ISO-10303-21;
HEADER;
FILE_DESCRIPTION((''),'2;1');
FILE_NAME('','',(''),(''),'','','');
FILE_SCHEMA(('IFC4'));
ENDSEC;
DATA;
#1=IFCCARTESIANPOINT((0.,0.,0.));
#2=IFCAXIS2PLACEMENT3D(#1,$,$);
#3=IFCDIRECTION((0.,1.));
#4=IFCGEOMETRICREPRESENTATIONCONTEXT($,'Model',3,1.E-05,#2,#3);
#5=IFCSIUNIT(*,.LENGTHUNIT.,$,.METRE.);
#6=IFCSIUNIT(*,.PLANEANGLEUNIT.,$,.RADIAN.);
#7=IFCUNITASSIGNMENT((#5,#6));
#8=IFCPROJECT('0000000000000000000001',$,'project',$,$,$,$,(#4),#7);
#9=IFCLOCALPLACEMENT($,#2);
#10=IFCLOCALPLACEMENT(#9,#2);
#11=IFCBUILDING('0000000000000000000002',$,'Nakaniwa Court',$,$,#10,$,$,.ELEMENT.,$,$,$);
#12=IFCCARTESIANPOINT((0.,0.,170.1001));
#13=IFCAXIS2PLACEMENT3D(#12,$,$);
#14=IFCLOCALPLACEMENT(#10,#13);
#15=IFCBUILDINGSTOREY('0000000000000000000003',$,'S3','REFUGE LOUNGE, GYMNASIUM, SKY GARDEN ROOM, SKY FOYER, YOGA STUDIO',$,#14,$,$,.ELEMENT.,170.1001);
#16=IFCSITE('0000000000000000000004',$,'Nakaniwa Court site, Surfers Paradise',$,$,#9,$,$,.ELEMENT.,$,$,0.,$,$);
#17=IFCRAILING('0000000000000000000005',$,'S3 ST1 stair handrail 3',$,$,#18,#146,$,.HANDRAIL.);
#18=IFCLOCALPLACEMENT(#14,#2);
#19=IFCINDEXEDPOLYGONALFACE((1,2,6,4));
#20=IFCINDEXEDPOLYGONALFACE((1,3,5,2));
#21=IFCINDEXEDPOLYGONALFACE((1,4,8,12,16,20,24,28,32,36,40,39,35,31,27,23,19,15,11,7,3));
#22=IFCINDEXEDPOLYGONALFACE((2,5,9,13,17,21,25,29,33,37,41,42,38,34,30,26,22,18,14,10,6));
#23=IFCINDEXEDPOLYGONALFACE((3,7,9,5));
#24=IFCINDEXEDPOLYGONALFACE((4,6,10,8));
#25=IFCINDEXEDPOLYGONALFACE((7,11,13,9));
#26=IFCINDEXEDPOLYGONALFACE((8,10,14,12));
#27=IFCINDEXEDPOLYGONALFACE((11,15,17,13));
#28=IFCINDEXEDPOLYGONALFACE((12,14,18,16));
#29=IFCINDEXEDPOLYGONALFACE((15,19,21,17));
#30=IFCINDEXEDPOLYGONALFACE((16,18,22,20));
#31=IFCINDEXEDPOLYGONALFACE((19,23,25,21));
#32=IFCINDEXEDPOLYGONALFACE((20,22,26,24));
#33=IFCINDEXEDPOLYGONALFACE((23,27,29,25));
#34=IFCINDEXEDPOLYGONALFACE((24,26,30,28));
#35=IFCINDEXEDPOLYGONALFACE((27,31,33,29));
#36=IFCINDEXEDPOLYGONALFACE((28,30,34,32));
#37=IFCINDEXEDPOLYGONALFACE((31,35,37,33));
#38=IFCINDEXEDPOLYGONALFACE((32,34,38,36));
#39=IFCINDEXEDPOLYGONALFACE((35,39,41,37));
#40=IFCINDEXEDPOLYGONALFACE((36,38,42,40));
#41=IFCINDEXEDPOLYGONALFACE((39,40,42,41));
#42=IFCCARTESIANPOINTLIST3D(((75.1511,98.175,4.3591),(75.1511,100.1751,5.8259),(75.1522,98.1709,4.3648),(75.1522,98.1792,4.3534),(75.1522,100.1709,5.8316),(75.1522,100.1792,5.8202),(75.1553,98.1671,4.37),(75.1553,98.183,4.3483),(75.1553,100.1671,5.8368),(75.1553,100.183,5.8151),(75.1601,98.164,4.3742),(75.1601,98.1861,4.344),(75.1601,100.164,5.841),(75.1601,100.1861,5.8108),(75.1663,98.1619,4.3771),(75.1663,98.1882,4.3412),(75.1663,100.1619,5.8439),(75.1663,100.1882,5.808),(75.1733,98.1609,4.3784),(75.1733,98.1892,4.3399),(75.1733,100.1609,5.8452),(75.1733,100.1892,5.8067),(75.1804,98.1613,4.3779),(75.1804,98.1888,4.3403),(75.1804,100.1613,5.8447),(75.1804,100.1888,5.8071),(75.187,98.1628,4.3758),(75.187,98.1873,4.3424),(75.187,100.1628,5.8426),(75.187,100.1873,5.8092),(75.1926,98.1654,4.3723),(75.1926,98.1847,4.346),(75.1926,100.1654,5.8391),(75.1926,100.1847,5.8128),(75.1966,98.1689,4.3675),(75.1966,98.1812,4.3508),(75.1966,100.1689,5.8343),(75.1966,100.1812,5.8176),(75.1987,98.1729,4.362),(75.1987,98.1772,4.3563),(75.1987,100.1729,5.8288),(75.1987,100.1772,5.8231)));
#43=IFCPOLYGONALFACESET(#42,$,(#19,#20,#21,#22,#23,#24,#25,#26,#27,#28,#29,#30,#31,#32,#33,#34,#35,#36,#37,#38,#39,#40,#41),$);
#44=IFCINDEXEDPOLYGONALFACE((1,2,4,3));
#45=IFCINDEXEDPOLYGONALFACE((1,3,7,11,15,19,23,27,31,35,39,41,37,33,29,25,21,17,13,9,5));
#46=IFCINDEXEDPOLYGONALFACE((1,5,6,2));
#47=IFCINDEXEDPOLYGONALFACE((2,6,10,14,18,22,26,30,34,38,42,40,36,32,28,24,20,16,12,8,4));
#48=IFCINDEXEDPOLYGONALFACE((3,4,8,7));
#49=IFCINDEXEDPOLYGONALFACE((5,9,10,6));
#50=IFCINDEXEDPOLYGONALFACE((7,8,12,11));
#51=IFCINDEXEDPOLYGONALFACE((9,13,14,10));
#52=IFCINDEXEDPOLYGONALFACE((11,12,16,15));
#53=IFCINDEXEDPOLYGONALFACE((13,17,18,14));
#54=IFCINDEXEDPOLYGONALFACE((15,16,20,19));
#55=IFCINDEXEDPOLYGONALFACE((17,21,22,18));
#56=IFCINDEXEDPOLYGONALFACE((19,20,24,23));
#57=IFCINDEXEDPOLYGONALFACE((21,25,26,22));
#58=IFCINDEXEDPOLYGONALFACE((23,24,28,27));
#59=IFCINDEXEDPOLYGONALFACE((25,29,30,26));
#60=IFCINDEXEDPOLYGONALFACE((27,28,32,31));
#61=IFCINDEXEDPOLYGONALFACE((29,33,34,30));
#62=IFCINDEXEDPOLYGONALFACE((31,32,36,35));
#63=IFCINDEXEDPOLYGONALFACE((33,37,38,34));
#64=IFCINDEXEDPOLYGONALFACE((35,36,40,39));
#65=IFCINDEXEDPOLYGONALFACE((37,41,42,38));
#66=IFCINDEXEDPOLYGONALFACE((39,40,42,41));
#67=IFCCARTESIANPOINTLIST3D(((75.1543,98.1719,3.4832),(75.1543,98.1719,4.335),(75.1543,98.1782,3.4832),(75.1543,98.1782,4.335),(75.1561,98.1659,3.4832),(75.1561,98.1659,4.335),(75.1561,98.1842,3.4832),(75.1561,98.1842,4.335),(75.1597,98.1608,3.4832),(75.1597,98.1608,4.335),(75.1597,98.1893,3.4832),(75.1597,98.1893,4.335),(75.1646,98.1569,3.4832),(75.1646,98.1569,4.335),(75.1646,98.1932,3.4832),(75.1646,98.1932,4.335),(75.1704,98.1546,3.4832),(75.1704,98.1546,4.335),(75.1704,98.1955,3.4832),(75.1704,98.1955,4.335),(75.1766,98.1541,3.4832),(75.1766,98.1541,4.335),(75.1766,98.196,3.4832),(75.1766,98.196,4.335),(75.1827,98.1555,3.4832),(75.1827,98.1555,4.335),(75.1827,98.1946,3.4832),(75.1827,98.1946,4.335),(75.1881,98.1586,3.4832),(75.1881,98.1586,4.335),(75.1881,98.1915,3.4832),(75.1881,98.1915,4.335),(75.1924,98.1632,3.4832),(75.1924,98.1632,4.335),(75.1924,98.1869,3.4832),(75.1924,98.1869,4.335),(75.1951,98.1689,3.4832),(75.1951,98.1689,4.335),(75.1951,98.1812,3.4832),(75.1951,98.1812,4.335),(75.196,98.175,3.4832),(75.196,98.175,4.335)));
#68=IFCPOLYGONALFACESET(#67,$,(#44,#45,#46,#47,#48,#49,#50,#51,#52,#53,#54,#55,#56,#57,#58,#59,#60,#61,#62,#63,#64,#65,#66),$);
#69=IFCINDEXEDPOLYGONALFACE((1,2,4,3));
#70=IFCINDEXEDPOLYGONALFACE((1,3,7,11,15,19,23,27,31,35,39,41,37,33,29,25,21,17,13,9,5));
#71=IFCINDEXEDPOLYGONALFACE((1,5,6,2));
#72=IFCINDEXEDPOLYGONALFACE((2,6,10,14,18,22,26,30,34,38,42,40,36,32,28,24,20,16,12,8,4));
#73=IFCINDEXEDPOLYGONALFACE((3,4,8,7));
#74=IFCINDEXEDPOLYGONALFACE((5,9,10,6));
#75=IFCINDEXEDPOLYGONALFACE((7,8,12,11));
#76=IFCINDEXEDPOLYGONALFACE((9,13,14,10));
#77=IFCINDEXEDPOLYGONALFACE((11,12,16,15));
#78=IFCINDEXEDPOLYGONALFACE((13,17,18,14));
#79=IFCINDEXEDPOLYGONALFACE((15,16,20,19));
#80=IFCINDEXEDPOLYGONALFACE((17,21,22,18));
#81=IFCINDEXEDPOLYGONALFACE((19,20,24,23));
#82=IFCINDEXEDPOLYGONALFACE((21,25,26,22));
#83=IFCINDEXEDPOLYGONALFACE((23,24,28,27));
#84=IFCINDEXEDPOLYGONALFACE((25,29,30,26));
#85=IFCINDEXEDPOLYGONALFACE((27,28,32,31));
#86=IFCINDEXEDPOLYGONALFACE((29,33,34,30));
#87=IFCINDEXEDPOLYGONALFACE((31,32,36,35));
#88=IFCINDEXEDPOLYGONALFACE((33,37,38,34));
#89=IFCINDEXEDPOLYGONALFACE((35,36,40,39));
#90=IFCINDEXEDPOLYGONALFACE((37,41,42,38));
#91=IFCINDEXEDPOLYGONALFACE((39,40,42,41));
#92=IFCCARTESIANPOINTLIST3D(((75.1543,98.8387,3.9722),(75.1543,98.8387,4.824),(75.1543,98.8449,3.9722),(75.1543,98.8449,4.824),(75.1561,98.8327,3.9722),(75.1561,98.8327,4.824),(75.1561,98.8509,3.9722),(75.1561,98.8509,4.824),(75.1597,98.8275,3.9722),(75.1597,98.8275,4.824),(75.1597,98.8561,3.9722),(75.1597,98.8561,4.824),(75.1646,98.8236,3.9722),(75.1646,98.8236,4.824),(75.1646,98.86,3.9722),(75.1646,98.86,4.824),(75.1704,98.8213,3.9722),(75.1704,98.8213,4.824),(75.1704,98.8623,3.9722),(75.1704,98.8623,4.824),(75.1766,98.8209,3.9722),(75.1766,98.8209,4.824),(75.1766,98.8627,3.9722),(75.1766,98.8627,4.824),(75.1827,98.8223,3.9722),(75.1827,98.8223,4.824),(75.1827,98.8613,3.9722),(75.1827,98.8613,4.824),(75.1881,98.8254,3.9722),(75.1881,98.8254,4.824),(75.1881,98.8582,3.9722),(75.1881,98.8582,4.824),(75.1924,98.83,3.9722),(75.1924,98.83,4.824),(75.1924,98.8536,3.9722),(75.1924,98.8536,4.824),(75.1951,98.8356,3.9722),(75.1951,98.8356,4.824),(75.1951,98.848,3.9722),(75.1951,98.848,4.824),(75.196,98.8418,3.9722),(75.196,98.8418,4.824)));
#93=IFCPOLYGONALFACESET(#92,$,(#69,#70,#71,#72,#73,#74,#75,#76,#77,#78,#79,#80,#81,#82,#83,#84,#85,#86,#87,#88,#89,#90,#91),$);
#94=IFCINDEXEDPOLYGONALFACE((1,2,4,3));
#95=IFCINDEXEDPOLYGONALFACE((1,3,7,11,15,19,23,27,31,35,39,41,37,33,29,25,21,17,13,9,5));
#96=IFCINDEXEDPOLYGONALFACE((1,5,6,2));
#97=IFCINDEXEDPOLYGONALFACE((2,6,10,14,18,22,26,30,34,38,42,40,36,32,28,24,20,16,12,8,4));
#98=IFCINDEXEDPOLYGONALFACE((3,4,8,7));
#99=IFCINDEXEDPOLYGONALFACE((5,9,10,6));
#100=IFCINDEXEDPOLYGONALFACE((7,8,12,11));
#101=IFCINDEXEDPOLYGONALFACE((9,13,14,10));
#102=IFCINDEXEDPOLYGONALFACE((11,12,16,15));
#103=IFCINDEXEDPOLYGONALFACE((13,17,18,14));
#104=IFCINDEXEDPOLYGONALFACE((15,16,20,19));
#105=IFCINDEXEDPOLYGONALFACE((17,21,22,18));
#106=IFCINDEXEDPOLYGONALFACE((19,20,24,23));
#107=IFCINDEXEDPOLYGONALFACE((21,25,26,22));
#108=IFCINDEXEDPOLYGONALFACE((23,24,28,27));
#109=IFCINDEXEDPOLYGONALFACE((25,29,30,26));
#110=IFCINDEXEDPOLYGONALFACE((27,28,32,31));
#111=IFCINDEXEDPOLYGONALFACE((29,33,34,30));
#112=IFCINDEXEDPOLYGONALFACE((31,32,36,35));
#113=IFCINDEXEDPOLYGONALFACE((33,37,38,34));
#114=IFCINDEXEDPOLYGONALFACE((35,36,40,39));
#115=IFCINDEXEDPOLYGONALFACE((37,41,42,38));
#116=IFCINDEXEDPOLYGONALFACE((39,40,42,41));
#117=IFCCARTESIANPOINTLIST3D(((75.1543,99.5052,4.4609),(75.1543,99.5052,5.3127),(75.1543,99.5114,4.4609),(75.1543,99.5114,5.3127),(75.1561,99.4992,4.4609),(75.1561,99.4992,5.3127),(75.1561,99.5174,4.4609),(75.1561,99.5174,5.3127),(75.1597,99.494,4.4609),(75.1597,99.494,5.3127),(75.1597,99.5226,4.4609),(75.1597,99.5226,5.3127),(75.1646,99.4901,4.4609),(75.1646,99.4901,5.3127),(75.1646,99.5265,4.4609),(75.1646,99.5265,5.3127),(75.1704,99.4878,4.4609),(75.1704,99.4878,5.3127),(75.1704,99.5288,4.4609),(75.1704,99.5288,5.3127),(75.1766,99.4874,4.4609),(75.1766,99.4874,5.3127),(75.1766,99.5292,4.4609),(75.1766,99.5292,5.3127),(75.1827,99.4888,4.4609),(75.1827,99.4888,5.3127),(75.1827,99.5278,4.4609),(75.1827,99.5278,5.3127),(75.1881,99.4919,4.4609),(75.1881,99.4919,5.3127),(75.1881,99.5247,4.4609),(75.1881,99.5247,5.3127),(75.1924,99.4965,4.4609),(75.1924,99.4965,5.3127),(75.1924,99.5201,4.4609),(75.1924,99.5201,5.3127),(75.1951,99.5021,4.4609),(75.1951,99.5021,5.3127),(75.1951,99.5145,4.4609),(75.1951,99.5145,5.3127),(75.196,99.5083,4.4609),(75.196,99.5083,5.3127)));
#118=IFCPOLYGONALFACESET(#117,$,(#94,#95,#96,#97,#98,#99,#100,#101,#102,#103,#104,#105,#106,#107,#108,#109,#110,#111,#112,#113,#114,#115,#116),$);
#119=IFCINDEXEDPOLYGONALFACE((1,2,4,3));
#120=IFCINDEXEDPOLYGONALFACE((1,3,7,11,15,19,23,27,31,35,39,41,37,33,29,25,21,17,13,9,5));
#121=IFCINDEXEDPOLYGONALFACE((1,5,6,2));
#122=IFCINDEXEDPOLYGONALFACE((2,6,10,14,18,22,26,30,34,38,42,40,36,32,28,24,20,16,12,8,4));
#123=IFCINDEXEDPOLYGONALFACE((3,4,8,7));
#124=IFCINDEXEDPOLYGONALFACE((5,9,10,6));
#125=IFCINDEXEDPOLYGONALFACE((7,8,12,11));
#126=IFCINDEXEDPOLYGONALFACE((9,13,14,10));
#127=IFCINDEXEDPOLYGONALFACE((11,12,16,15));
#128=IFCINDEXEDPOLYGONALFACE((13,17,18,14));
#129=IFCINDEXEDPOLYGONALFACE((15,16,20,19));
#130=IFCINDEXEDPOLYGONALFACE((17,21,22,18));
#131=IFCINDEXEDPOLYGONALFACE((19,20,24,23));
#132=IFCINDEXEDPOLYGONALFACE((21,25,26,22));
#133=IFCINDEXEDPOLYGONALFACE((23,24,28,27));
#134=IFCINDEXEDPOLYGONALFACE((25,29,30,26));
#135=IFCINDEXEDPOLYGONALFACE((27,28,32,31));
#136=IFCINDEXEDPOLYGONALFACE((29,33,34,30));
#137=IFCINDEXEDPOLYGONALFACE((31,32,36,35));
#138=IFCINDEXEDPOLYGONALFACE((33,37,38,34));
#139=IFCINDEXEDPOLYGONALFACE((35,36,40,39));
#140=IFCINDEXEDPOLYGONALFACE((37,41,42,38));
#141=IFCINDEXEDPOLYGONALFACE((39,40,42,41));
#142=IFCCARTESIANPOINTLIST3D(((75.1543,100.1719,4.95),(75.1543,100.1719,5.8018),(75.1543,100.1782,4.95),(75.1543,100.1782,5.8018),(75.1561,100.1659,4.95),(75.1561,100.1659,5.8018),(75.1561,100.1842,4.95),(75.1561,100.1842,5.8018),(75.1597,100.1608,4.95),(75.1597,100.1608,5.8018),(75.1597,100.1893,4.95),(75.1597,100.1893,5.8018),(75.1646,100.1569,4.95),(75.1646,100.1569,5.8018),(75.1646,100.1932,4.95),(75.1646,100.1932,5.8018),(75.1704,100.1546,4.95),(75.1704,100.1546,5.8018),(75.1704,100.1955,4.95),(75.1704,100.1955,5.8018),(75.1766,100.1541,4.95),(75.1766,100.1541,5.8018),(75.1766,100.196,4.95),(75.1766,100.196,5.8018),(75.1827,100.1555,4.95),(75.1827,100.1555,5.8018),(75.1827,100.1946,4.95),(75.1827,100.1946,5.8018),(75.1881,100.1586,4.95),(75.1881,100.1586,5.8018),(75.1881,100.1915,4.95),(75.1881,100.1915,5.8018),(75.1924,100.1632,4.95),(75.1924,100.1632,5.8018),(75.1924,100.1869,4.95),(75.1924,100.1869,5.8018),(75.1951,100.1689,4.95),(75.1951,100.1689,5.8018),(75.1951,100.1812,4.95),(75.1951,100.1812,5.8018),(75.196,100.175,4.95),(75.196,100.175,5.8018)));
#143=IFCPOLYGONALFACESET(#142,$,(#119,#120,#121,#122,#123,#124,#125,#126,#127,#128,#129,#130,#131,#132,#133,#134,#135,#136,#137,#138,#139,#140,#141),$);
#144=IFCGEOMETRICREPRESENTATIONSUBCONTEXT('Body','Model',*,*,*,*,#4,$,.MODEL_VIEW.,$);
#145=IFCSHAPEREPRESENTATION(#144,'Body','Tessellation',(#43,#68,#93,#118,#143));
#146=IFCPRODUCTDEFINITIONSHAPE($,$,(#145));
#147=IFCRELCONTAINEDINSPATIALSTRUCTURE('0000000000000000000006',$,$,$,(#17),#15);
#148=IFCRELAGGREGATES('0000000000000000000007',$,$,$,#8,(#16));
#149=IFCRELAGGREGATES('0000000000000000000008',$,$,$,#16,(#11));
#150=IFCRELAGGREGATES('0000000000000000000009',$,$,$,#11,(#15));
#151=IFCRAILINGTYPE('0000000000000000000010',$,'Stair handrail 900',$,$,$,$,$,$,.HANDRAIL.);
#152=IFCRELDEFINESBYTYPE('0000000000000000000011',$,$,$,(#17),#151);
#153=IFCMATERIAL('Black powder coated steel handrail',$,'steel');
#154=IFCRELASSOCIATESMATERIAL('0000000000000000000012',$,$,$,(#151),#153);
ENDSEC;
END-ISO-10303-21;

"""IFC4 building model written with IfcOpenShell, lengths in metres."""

from ifc_helpers import new_model, si_unit, direction, frame, origin, origin_2d, place, context, subcontext, project, spatial, circle, extrude, material, type_object, element, save


model = new_model("IFC4")

# Units and contexts
model_context = context("Model", 3, precision=1e-05, world=origin(), true_north=direction((0.0, 1.0)))
body_context = subcontext(model_context, "Body", "Model", "MODEL_VIEW")
ifc_project = project(units=[si_unit("LENGTHUNIT", "METRE"), si_unit("PLANEANGLEUNIT", "RADIAN")], contexts=[model_context])

# Site, building, storey
site_placement = place(None, origin())
site = spatial("IfcSite", under=ifc_project, at=site_placement, Name="Nakaniwa Court site, Surfers Paradise", CompositionType="ELEMENT", RefElevation=0.0)
building_placement = place(site_placement, origin())
building = spatial("IfcBuilding", under=site, at=building_placement, Name="Nakaniwa Court", CompositionType="ELEMENT")
storey_placement = place(building_placement, frame((0.0, 0.0, 170.1001)))
storey = spatial("IfcBuildingStorey", under=building, at=storey_placement, Name="S3", Description="REFUGE LOUNGE, GYMNASIUM, SKY GARDEN ROOM, SKY FOYER, YOGA STUDIO", CompositionType="ELEMENT", Elevation=170.1001)

# Railing
ifc_material_1 = material(Name="Black powder coated steel handrail", Category="steel")
railing_type_1 = type_object("IfcRailingType", Name="Stair handrail 900", PredefinedType="HANDRAIL", material=ifc_material_1)
railing_1_placement = place(storey_placement, frame((75.175, 98.175, 3.4832)))
element("IfcRailing", 1, at=railing_1_placement, inside=storey, type_object=railing_type_1, Name="S3 ST1 stair handrail 3", PredefinedType="HANDRAIL", context=body_context, shape_type="SweptSolid", body=[
    extrude(circle(Radius=0.0239, at=origin_2d()), frame((0.0, 0.0, 0.876), z_axis=(0.0, 0.80638, 0.591398), x_axis=(-1.0, 0.0, 0.0)), (0.0, 0.0, 1.0), 2.4802),
    extrude(circle(Radius=0.021, at=origin_2d()), origin(), (0.0, 0.0, 1.0), 0.8518),
    extrude(circle(Radius=0.021, at=origin_2d()), frame((0.0, 0.6667, 0.489)), (0.0, 0.0, 1.0), 0.8518),
    extrude(circle(Radius=0.021, at=origin_2d()), frame((0.0, 1.3333, 0.9778)), (0.0, 0.0, 1.0), 0.8518),
    extrude(circle(Radius=0.021, at=origin_2d()), frame((0.0, 2.0, 1.4668)), (0.0, 0.0, 1.0), 0.8518),
])

save(model, "model.ifc")
